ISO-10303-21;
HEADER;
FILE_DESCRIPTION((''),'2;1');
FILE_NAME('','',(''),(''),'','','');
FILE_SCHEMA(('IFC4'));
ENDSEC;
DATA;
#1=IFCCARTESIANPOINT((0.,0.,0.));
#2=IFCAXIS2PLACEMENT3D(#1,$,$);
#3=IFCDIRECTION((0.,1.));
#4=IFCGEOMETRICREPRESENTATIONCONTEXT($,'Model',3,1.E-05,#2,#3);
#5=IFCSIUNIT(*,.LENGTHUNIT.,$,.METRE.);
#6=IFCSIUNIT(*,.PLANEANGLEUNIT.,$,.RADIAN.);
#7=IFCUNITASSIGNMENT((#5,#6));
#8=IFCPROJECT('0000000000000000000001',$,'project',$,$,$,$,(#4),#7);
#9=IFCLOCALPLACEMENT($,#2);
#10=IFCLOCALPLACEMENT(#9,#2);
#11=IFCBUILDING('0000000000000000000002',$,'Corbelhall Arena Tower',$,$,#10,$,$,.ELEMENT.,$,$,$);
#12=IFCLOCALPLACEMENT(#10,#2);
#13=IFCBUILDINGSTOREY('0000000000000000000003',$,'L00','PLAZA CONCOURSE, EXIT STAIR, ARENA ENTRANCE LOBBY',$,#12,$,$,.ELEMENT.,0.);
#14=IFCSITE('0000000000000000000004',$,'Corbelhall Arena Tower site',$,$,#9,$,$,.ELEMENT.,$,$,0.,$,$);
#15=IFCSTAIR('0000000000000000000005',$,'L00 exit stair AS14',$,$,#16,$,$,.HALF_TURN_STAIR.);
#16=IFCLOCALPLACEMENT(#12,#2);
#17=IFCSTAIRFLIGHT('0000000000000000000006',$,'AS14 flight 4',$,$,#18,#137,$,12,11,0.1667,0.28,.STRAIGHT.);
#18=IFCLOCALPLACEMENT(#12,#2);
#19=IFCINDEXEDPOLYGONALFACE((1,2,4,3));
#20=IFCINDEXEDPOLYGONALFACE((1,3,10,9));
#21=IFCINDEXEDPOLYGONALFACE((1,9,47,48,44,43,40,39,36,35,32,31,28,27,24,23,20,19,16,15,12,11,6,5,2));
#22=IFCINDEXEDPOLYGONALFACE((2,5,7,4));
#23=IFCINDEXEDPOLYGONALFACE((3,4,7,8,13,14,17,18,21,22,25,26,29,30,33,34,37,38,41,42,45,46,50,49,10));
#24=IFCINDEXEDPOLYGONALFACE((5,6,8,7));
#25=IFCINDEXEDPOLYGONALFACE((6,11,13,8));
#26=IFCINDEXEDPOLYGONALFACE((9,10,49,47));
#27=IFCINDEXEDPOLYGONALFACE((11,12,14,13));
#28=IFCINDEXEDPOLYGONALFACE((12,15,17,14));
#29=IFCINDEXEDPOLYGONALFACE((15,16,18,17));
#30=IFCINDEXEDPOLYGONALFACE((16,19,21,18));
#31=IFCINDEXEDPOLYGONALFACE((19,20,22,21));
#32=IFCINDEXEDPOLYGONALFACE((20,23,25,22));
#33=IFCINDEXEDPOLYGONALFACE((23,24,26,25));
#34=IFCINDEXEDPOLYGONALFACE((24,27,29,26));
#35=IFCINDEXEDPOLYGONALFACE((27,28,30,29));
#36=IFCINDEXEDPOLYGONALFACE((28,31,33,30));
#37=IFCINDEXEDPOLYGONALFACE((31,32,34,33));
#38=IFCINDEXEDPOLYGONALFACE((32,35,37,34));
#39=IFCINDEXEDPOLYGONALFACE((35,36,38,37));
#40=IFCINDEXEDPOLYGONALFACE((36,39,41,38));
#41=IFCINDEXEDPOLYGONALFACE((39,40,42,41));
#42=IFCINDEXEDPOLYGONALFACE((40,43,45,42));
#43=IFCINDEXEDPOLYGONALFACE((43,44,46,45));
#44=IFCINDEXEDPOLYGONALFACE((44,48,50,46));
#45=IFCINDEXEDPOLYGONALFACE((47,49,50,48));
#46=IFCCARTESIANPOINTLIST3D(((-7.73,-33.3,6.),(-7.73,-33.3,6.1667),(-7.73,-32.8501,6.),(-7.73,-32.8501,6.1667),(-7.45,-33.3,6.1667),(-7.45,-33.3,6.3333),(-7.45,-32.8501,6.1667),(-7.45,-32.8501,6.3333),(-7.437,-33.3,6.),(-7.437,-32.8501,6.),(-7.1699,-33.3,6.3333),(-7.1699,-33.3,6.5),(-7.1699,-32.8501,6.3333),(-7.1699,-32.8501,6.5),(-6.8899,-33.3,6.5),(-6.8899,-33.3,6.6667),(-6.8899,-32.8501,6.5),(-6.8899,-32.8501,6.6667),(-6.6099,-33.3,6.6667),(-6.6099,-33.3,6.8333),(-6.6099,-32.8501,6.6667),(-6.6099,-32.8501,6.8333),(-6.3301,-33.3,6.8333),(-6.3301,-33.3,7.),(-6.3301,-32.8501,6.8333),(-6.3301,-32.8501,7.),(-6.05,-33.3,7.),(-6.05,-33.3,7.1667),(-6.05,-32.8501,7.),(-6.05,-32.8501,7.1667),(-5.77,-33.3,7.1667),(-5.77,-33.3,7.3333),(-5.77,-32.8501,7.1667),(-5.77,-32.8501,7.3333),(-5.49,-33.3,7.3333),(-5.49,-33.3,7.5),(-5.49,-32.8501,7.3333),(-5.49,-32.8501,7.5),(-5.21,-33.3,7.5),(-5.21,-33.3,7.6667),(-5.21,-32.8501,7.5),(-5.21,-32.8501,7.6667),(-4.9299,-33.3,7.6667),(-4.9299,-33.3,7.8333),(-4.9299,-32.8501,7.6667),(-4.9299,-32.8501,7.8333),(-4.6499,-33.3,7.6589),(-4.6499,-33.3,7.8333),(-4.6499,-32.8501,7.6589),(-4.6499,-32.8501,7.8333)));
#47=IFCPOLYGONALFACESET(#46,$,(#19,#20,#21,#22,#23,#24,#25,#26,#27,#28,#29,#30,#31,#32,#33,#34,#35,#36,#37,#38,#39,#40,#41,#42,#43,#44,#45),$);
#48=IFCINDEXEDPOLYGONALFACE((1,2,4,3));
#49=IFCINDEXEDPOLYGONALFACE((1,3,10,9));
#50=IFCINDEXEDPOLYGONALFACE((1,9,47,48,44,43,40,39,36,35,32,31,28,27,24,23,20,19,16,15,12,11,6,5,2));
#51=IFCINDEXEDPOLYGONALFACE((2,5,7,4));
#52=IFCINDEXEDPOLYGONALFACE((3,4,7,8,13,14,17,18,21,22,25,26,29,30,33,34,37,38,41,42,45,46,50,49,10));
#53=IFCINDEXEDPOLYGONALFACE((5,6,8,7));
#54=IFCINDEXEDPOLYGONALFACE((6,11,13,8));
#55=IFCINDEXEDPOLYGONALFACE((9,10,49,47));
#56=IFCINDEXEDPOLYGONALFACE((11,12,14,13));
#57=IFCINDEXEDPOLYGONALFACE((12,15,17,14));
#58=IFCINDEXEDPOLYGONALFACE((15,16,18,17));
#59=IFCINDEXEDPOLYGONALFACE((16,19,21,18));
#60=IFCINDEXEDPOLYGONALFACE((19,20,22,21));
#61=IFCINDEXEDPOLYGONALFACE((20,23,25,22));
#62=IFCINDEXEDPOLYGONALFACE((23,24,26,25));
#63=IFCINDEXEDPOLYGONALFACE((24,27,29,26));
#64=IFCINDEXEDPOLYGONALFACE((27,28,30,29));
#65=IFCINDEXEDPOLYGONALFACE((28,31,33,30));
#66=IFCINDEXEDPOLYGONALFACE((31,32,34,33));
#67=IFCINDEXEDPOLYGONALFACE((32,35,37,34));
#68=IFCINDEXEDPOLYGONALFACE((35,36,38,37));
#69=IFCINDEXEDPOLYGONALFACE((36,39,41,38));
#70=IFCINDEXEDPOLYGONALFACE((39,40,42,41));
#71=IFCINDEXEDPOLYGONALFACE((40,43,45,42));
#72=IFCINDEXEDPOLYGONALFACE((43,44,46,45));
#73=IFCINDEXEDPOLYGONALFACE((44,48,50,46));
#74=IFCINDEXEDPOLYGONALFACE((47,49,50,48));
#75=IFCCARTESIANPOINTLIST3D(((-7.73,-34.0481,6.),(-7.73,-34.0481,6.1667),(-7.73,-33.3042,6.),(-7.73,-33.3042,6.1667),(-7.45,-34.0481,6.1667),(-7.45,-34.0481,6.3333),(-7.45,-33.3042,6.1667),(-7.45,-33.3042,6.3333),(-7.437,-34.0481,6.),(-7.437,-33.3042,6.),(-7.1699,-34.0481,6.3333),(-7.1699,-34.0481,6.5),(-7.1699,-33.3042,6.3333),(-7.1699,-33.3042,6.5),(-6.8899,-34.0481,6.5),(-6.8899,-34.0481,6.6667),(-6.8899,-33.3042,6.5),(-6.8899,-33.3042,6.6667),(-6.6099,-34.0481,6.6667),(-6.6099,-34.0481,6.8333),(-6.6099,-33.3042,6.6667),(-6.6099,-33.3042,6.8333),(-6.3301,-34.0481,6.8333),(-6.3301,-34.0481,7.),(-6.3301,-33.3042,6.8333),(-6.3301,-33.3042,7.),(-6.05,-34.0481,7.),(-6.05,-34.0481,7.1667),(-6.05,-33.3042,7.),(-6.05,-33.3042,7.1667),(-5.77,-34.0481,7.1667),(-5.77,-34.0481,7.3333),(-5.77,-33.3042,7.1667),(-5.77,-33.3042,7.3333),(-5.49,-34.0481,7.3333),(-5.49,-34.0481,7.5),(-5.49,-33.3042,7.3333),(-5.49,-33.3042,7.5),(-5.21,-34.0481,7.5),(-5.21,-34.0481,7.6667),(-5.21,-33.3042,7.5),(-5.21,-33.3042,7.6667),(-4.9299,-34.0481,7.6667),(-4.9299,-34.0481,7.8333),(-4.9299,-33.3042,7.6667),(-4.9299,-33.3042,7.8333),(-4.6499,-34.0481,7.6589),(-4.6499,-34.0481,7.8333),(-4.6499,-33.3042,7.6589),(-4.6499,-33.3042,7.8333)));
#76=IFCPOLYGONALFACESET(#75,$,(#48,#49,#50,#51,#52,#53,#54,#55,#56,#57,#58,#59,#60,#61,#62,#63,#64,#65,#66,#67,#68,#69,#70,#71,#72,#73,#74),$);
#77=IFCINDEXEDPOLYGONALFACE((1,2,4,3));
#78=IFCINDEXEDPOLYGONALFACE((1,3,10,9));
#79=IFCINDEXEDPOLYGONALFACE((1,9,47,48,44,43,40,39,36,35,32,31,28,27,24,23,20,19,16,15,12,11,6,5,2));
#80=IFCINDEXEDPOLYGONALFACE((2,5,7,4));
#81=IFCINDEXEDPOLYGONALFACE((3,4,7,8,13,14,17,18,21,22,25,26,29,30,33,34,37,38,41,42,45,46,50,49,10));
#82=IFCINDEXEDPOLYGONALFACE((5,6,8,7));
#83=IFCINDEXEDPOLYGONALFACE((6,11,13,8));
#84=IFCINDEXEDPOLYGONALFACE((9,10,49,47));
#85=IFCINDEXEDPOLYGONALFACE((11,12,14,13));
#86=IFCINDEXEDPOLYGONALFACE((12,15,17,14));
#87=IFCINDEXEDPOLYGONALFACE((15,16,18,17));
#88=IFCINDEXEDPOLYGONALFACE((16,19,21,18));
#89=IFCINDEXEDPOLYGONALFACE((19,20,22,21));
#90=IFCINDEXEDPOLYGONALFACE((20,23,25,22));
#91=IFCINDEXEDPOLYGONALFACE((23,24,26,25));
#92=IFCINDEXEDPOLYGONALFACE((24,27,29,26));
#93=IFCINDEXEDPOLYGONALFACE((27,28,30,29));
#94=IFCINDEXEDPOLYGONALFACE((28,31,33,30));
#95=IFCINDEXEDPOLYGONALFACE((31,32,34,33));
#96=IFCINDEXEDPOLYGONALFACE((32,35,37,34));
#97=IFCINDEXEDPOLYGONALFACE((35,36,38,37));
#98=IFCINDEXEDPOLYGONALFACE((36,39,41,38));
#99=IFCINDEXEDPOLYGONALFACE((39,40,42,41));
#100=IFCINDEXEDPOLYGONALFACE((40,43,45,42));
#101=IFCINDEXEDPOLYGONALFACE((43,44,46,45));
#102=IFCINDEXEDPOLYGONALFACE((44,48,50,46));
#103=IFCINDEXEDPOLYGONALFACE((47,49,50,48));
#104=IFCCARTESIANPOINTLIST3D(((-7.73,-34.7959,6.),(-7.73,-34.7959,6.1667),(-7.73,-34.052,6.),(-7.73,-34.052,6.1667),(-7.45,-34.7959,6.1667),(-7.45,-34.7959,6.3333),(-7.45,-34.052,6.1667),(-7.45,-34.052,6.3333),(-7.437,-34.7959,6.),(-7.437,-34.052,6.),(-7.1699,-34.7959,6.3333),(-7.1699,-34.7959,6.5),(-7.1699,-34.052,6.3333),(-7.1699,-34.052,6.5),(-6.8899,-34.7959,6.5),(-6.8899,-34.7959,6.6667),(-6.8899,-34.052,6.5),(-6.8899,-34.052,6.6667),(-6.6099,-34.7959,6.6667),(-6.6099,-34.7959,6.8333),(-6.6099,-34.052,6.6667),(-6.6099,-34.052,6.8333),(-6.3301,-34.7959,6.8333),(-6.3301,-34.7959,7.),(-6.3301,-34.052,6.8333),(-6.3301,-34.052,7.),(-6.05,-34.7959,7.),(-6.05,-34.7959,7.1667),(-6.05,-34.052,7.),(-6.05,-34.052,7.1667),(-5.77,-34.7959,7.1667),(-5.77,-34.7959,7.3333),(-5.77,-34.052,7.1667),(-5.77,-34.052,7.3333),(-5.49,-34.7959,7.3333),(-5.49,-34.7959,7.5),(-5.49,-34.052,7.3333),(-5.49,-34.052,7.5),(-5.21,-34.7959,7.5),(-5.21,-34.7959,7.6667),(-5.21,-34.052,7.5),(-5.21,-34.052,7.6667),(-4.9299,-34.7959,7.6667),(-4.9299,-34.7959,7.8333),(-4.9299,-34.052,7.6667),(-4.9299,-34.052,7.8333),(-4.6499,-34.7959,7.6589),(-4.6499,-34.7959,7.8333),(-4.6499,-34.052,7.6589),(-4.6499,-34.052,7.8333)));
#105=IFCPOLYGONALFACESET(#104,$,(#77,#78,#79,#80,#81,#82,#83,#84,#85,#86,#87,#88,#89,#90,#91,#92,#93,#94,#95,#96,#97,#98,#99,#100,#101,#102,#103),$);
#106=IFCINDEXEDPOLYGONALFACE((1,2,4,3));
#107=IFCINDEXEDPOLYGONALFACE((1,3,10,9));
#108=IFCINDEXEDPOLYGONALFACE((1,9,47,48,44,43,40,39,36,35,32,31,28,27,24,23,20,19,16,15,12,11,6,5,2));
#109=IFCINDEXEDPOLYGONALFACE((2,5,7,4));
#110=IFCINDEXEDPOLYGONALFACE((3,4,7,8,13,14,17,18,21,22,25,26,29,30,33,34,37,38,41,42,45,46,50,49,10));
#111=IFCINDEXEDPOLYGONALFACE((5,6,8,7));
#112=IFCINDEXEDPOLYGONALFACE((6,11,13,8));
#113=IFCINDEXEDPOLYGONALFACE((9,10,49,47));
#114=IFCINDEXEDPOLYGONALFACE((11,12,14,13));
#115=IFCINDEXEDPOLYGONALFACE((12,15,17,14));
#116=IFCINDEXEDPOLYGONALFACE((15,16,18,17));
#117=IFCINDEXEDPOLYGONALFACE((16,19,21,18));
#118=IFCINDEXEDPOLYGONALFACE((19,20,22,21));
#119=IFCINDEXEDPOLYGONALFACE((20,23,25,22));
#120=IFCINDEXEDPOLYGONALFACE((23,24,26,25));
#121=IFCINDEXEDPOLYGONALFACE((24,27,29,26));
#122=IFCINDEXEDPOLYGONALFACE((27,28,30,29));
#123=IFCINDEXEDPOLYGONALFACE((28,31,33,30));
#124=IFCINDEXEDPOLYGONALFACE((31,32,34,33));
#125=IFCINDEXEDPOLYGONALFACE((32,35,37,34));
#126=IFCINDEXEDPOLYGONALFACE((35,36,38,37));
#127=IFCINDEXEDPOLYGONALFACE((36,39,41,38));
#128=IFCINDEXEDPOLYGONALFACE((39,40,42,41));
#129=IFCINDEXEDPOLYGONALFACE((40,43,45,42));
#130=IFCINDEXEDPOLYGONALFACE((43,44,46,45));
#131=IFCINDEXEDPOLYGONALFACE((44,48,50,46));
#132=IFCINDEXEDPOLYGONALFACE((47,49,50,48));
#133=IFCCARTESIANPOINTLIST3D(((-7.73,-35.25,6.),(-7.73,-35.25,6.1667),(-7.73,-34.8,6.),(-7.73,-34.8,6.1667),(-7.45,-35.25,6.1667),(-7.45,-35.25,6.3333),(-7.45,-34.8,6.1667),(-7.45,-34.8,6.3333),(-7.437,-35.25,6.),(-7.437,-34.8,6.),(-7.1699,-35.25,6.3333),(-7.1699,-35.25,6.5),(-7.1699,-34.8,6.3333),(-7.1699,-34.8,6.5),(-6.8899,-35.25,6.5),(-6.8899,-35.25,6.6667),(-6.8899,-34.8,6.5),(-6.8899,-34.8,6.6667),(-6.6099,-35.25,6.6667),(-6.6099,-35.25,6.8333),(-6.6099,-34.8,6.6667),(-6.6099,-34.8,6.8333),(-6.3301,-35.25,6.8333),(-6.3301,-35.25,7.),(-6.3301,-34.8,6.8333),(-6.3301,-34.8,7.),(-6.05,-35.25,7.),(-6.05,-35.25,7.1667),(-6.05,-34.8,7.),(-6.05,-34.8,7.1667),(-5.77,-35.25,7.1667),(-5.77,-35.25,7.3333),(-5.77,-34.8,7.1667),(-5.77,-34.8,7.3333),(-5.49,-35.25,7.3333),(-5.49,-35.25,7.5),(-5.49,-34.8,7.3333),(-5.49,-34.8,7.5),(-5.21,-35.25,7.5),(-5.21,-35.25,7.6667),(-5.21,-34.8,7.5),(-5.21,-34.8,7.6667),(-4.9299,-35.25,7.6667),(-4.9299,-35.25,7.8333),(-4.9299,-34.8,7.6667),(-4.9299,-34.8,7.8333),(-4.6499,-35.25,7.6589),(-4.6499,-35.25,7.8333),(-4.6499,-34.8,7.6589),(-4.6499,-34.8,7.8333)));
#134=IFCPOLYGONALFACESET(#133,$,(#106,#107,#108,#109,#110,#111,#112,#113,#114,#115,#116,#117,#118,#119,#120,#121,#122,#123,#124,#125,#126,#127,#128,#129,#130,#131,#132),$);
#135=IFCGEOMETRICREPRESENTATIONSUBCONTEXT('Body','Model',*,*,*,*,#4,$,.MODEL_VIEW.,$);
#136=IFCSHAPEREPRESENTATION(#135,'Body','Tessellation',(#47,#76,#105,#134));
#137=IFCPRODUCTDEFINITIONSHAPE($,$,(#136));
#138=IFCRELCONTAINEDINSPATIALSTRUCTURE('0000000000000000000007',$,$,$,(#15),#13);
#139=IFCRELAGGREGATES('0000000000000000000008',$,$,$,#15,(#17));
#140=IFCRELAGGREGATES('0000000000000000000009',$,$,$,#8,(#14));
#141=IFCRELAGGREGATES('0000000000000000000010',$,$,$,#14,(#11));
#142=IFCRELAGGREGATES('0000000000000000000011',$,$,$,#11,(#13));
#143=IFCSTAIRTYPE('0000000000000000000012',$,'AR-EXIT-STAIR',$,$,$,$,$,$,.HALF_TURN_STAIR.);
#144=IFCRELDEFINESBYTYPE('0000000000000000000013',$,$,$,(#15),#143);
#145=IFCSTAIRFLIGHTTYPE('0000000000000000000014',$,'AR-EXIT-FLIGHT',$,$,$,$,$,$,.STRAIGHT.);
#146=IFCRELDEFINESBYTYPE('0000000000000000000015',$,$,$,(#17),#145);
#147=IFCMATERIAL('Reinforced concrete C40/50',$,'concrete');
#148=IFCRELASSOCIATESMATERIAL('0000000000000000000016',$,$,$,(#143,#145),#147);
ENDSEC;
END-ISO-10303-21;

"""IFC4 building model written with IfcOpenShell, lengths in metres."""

from ifc_helpers import new_model, si_unit, direction, frame, origin, place, context, subcontext, project, spatial, polyline, outline, extrude, material, type_object, element, aggregate, save


model = new_model("IFC4")

# Units and contexts
model_context = context("Model", 3, precision=1e-05, world=origin(), true_north=direction((0.0, 1.0)))
body_context = subcontext(model_context, "Body", "Model", "MODEL_VIEW")
ifc_project = project(units=[si_unit("LENGTHUNIT", "METRE"), si_unit("PLANEANGLEUNIT", "RADIAN")], contexts=[model_context])

# Site, building, storey
site_placement = place(None, origin())
site = spatial("IfcSite", under=ifc_project, at=site_placement, Name="Corbelhall Arena Tower site", CompositionType="ELEMENT", RefElevation=0.0)
building_placement = place(site_placement, origin())
building = spatial("IfcBuilding", under=site, at=building_placement, Name="Corbelhall Arena Tower", CompositionType="ELEMENT")
storey_placement = place(building_placement, origin())
storey = spatial("IfcBuildingStorey", under=building, at=storey_placement, Name="L00", Description="PLAZA CONCOURSE, EXIT STAIR, ARENA ENTRANCE LOBBY", CompositionType="ELEMENT", Elevation=0.0)

# Shared definitions
ifc_material_1 = material(Name="Reinforced concrete C40/50", Category="concrete")

# Stair, stair flight
stair_type = type_object("IfcStairType", Name="AR-EXIT-STAIR", PredefinedType="HALF_TURN_STAIR", material=ifc_material_1)
stair_placement = place(storey_placement, origin())
stair = element("IfcStair", 1, at=stair_placement, inside=storey, type_object=stair_type, Name="L00 exit stair AS14", PredefinedType="HALF_TURN_STAIR")
stair_flight_type = type_object("IfcStairFlightType", Name="AR-EXIT-FLIGHT", PredefinedType="STRAIGHT", material=ifc_material_1)
stair_flight_1_placement = place(storey_placement, frame((-7.73, -34.05, 6.0), z_axis=(0.0, 0.0, 1.0), x_axis=(1.0, 0.0, 0.0)))
stair_flight_1 = element("IfcStairFlight", 2, at=stair_flight_1_placement, type_object=stair_flight_type, Name="AS14 flight 4", NumberOfRisers=12, NumberOfTreads=11, PredefinedType="STRAIGHT", RiserHeight=0.1667, TreadLength=0.28, context=body_context, shape_type="SweptSolid", body=[
    extrude(outline(polyline([(0.0, 0.0), (0.0, 0.1667), (0.28, 0.1667), (0.28, 0.3333), (0.5601, 0.3333), (0.5601, 0.5), (0.8401, 0.5), (0.8401, 0.6667), (1.1201, 0.6667), (1.1201, 0.8333), (1.3999, 0.8333), (1.3999, 1.0), (1.6799, 1.0), (1.6799, 1.1667), (1.96, 1.1667), (1.96, 1.3333), (2.24, 1.3333), (2.24, 1.5), (2.52, 1.5), (2.52, 1.6667), (2.8, 1.6667), (2.8, 1.8333), (3.0801, 1.8333), (3.0801, 2.0), (3.0801, 1.6589), (0.293, 0.0), (0.0, 0.0)])), frame((0.0, 1.2, 0.0), z_axis=(0.0, -1.0, 0.0), x_axis=(1.0, 0.0, 0.0)), (0.0, 0.0, 1.0), 0.45),
    extrude(outline(polyline([(0.0, 0.0), (0.0, 0.1667), (0.28, 0.1667), (0.28, 0.3333), (0.5601, 0.3333), (0.5601, 0.5), (0.8401, 0.5), (0.8401, 0.6667), (1.1201, 0.6667), (1.1201, 0.8333), (1.3999, 0.8333), (1.3999, 1.0), (1.6799, 1.0), (1.6799, 1.1667), (1.96, 1.1667), (1.96, 1.3333), (2.24, 1.3333), (2.24, 1.5), (2.52, 1.5), (2.52, 1.6667), (2.8, 1.6667), (2.8, 1.8333), (3.0801, 1.8333), (3.0801, 2.0), (3.0801, 1.6589), (0.293, 0.0), (0.0, 0.0)])), frame((0.0, 0.7458, 0.0), z_axis=(0.0, -1.0, 0.0), x_axis=(1.0, 0.0, 0.0)), (0.0, 0.0, 1.0), 0.7439),
    extrude(outline(polyline([(0.0, 0.0), (0.0, 0.1667), (0.28, 0.1667), (0.28, 0.3333), (0.5601, 0.3333), (0.5601, 0.5), (0.8401, 0.5), (0.8401, 0.6667), (1.1201, 0.6667), (1.1201, 0.8333), (1.3999, 0.8333), (1.3999, 1.0), (1.6799, 1.0), (1.6799, 1.1667), (1.96, 1.1667), (1.96, 1.3333), (2.24, 1.3333), (2.24, 1.5), (2.52, 1.5), (2.52, 1.6667), (2.8, 1.6667), (2.8, 1.8333), (3.0801, 1.8333), (3.0801, 2.0), (3.0801, 1.6589), (0.293, 0.0), (0.0, 0.0)])), frame((0.0, -0.002, 0.0), z_axis=(0.0, -1.0, 0.0), x_axis=(1.0, 0.0, 0.0)), (0.0, 0.0, 1.0), 0.7439),
    extrude(outline(polyline([(0.0, 0.0), (0.0, 0.1667), (0.28, 0.1667), (0.28, 0.3333), (0.5601, 0.3333), (0.5601, 0.5), (0.8401, 0.5), (0.8401, 0.6667), (1.1201, 0.6667), (1.1201, 0.8333), (1.3999, 0.8333), (1.3999, 1.0), (1.6799, 1.0), (1.6799, 1.1667), (1.96, 1.1667), (1.96, 1.3333), (2.24, 1.3333), (2.24, 1.5), (2.52, 1.5), (2.52, 1.6667), (2.8, 1.6667), (2.8, 1.8333), (3.0801, 1.8333), (3.0801, 2.0), (3.0801, 1.6589), (0.293, 0.0), (0.0, 0.0)])), frame((0.0, -0.75, 0.0), z_axis=(0.0, -1.0, 0.0), x_axis=(1.0, 0.0, 0.0)), (0.0, 0.0, 1.0), 0.45),
])
aggregate(stair, [stair_flight_1])

save(model, "model.ifc")
